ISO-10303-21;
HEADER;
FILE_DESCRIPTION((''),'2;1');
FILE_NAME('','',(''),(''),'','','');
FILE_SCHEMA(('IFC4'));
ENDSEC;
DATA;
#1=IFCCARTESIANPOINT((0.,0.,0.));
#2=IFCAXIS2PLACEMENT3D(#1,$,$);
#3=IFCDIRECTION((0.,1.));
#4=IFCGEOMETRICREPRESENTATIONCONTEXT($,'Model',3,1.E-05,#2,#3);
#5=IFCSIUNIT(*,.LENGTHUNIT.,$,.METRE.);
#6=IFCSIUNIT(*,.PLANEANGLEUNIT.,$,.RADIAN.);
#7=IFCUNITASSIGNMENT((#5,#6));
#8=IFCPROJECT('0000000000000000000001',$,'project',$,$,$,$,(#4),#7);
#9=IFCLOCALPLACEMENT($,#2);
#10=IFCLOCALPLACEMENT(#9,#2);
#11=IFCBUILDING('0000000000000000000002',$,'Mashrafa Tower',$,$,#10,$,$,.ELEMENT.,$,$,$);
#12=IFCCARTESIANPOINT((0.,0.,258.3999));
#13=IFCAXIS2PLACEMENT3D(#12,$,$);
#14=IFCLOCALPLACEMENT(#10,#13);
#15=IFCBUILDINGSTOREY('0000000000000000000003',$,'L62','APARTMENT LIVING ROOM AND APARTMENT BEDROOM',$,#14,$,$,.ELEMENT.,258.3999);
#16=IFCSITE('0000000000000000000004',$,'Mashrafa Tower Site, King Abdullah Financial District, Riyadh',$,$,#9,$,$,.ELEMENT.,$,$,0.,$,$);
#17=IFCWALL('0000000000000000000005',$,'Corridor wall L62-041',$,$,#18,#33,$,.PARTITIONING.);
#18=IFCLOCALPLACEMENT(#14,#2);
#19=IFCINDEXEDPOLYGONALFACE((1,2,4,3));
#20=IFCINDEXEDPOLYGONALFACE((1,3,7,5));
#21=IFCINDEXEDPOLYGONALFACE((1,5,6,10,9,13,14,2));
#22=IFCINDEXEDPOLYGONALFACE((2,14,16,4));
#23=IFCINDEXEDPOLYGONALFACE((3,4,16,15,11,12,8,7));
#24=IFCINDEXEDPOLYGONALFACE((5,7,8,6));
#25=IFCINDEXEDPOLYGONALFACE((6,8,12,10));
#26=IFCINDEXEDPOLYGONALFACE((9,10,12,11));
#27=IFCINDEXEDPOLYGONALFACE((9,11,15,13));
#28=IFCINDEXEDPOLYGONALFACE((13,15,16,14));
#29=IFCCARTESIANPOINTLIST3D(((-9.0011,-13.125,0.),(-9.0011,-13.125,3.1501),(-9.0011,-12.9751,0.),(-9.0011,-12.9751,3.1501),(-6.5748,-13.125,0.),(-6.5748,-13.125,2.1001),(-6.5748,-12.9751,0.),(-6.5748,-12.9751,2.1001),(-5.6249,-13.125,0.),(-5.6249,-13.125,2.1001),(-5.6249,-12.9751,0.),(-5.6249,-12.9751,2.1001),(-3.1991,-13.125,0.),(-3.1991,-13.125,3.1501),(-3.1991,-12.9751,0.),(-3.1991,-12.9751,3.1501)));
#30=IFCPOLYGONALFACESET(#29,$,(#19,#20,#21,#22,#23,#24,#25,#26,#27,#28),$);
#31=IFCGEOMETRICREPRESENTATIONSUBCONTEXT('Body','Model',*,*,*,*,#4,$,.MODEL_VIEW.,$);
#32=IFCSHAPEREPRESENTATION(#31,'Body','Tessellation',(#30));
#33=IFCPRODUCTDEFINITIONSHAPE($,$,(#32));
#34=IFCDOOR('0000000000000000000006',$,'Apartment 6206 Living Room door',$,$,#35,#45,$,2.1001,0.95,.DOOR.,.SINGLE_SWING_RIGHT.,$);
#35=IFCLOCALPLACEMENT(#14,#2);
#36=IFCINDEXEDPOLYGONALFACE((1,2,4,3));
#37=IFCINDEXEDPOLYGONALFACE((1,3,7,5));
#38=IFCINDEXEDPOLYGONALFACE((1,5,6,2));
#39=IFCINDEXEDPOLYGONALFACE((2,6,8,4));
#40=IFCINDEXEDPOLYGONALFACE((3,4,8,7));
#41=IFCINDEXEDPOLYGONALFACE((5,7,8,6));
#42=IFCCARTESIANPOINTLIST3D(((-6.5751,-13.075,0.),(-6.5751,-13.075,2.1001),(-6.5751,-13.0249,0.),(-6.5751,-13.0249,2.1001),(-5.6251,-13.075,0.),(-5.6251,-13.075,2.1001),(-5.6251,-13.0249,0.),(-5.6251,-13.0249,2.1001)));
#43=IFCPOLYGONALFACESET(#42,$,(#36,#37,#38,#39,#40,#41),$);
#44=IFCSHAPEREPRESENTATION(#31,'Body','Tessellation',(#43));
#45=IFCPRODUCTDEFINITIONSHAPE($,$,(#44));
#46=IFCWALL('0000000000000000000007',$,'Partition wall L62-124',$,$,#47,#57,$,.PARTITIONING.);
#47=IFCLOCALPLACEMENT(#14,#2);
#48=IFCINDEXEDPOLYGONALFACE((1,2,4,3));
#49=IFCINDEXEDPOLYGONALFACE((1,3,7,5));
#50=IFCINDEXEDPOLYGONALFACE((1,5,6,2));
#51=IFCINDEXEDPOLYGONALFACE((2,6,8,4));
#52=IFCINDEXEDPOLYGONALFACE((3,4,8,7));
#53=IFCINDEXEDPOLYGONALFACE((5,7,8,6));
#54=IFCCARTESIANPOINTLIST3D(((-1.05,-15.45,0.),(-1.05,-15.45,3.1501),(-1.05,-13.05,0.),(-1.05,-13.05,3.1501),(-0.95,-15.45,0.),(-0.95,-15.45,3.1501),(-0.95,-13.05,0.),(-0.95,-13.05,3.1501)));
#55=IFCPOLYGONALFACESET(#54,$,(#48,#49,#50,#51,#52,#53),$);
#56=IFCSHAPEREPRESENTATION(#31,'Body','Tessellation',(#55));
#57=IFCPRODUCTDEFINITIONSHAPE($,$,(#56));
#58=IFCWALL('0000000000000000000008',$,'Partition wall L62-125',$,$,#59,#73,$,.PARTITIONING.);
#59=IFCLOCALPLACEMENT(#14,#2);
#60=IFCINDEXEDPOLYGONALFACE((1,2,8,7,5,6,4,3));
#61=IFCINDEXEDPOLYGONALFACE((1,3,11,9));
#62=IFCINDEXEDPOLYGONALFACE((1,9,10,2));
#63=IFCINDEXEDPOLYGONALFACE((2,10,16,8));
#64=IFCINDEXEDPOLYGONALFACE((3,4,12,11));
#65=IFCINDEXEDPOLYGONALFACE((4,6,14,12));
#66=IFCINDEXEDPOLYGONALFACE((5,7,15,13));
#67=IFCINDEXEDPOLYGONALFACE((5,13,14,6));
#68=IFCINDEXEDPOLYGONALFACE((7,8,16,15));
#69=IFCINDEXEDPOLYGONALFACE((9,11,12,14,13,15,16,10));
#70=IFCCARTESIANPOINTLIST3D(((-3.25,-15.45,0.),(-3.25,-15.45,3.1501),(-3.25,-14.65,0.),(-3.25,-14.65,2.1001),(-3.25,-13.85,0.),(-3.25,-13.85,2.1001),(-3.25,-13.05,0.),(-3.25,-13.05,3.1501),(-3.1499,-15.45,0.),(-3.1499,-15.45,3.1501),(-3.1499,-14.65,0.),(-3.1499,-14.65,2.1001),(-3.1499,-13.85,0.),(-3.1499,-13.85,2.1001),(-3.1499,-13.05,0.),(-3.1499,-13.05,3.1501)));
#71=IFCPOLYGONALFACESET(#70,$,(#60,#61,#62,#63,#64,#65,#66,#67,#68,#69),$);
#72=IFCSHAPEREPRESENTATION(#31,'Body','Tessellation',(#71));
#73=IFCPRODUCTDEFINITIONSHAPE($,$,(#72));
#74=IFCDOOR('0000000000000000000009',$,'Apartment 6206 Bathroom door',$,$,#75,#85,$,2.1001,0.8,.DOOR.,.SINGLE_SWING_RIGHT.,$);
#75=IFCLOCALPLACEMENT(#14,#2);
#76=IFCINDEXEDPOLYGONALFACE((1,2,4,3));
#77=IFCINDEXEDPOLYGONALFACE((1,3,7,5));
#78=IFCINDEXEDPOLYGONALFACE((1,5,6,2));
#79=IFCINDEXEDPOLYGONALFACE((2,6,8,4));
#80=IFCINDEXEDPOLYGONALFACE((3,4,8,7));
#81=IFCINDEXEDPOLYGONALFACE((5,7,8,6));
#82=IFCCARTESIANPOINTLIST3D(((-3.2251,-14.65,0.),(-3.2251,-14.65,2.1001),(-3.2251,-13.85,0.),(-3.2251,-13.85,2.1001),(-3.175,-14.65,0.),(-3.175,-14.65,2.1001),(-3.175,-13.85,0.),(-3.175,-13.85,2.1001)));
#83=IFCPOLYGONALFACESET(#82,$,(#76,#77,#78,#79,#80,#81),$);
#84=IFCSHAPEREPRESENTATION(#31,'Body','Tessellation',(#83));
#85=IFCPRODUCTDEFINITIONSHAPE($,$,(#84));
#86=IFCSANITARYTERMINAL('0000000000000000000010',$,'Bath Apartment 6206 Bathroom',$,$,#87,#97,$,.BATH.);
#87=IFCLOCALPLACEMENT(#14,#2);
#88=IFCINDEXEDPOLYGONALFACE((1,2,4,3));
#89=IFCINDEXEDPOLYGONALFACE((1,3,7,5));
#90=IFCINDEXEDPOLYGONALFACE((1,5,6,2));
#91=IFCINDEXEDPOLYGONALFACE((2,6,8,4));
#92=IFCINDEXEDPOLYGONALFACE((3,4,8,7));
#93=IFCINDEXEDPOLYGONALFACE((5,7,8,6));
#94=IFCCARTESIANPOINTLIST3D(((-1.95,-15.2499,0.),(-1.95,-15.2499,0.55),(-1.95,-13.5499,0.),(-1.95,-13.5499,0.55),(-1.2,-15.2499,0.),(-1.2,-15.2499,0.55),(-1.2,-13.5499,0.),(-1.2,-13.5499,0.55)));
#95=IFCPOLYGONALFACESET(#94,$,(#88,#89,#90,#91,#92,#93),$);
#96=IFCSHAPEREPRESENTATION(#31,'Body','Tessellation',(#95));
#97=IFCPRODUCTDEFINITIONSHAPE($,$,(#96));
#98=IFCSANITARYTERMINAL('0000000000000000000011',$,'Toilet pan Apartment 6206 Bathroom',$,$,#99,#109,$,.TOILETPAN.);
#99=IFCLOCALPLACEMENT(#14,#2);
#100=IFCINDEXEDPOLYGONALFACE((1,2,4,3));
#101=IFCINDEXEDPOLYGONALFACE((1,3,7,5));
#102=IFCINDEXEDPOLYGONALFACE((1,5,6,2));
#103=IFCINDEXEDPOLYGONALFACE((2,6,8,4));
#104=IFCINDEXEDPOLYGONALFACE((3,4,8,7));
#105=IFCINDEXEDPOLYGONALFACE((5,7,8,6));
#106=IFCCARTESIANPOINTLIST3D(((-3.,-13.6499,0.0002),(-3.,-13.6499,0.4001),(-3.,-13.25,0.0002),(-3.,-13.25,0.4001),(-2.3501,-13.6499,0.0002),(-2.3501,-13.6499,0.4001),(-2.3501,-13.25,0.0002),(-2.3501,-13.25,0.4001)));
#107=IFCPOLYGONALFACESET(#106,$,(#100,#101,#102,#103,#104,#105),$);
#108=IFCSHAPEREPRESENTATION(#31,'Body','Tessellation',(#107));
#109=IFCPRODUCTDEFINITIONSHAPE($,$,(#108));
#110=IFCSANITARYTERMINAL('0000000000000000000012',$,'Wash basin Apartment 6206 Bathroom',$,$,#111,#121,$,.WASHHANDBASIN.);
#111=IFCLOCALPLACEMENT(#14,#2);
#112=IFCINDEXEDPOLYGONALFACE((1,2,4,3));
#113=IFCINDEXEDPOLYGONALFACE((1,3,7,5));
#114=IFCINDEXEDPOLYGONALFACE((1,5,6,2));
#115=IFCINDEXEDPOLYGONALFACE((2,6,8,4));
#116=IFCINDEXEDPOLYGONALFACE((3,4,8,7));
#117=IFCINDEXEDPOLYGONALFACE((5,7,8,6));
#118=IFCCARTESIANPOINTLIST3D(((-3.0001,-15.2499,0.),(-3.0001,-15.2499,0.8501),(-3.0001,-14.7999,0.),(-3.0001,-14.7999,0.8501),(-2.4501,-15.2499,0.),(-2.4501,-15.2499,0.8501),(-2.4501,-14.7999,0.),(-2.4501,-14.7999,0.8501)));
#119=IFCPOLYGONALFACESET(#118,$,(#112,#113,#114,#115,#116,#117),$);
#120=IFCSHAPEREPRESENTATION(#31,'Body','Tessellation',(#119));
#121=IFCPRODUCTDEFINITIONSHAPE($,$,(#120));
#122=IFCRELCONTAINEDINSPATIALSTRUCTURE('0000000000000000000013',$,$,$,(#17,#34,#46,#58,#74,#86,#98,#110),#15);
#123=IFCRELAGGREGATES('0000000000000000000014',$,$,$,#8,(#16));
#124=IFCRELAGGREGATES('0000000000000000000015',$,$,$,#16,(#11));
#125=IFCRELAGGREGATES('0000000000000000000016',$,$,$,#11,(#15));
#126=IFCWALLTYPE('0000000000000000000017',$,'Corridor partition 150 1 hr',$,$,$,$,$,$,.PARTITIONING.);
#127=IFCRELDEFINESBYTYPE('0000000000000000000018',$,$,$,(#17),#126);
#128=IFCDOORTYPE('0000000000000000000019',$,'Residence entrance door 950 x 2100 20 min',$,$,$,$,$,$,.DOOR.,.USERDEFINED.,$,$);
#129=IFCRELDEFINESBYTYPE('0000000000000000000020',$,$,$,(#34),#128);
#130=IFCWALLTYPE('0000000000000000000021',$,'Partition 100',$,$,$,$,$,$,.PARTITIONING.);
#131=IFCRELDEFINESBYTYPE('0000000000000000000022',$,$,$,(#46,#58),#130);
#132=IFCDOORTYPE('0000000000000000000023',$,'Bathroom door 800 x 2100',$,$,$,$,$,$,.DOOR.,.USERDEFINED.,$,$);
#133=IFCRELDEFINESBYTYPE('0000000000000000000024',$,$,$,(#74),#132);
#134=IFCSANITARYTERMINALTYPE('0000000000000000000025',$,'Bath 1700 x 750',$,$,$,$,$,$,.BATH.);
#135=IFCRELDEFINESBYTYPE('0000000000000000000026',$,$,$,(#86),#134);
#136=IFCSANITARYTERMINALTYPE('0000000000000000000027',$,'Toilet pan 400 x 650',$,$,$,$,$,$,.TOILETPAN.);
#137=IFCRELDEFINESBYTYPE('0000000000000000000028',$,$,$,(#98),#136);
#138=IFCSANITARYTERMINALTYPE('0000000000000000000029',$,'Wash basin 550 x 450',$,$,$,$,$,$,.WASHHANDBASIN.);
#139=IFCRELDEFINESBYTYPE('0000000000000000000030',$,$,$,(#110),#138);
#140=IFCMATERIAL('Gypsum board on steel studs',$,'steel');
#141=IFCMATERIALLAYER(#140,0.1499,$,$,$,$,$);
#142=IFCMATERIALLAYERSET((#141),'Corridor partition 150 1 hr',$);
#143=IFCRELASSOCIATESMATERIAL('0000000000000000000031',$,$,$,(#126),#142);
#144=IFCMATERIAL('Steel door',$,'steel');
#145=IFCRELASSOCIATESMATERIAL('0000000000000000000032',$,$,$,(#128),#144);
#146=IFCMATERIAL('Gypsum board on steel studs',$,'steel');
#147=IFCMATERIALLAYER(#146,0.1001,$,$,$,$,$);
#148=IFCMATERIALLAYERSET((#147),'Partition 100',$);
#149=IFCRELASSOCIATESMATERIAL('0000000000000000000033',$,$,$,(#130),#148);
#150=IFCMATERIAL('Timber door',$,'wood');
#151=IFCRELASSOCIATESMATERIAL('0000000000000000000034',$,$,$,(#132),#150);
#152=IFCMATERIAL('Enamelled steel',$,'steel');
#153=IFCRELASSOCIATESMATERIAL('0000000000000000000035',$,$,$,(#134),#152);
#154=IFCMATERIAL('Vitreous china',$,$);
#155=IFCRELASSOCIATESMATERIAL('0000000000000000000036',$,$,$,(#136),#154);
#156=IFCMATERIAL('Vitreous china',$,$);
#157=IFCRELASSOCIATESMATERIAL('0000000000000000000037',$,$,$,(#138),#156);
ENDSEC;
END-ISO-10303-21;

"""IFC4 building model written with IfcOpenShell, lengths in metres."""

from ifc_helpers import new_model, si_unit, direction, frame, frame_2d, origin, origin_2d, place, context, subcontext, project, spatial, rectangle, extrude, material, layer, layer_set, type_object, element, fill, save


model = new_model("IFC4")

# Units and contexts
model_context = context("Model", 3, precision=1e-05, world=origin(), true_north=direction((0.0, 1.0)))
body_context = subcontext(model_context, "Body", "Model", "MODEL_VIEW")
ifc_project = project(units=[si_unit("LENGTHUNIT", "METRE"), si_unit("PLANEANGLEUNIT", "RADIAN")], contexts=[model_context])

# Site, building, storey
site_placement = place(None, origin())
site = spatial("IfcSite", under=ifc_project, at=site_placement, Name="Mashrafa Tower Site, King Abdullah Financial District, Riyadh", CompositionType="ELEMENT", RefElevation=0.0)
building_placement = place(site_placement, origin())
building = spatial("IfcBuilding", under=site, at=building_placement, Name="Mashrafa Tower", CompositionType="ELEMENT")
storey_placement = place(building_placement, frame((0.0, 0.0, 258.3999)))
storey = spatial("IfcBuildingStorey", under=building, at=storey_placement, Name="L62", Description="APARTMENT LIVING ROOM AND APARTMENT BEDROOM", CompositionType="ELEMENT", Elevation=258.3999)

# Shared definitions
ifc_material_1 = material(Name="Gypsum board on steel studs", Category="steel")
ifc_layer_1 = layer(ifc_material_1, 0.1499)
ifc_layer_set_1 = layer_set([ifc_layer_1], Name="Corridor partition 150 1 hr")
wall_type_1 = type_object("IfcWallType", Name="Corridor partition 150 1 hr", PredefinedType="PARTITIONING", material=ifc_layer_set_1)

# Wall, opening, door
wall_1_placement = place(storey_placement, frame((-9.001, -13.05, 0.0), z_axis=(0.0, 0.0, 1.0), x_axis=(1.0, 0.0, 0.0)))
wall_1 = element("IfcWall", 1, at=wall_1_placement, inside=storey, type_object=wall_type_1, Name="Corridor wall L62-041", PredefinedType="PARTITIONING", context=body_context, shape_type="SweptSolid", body=[
    extrude(rectangle(XDim=5.802, YDim=0.1499, at=frame_2d((2.9009, 0.0))), origin(), (0.0, 0.0, 1.0), 3.1501),
])
opening_1_placement = place(wall_1_placement, frame((2.426, 0.0, 0.0)))
opening_1 = element("IfcOpeningElement", 2, at=opening_1_placement, cuts=wall_1, PredefinedType="OPENING", context=body_context, shape_type="SweptSolid", body=[
    extrude(rectangle(XDim=0.95, YDim=2.1001, at=frame_2d((0.4751, 1.05))), frame((0.0, 0.085, 0.0), z_axis=(0.0, -1.0, 0.0), x_axis=(1.0, 0.0, 0.0)), (0.0, 0.0, 1.0), 0.1699),
])
ifc_material_2 = material(Name="Steel door", Category="steel")
door_type_1 = type_object("IfcDoorType", Name="Residence entrance door 950 x 2100 20 min", OperationType="USERDEFINED", PredefinedType="DOOR", material=ifc_material_2)
door_1_placement = place(opening_1_placement, frame((0.95, 0.0, 0.0), z_axis=(0.0, 0.0, 1.0), x_axis=(-1.0, 0.0, 0.0)))
door_1 = element("IfcDoor", 3, at=door_1_placement, inside=storey, type_object=door_type_1, Name="Apartment 6206 Living Room door", OperationType="SINGLE_SWING_RIGHT", OverallHeight=2.1001, OverallWidth=0.95, PredefinedType="DOOR", context=body_context, shape_type="SweptSolid", body=[
    extrude(rectangle(XDim=0.95, YDim=2.1001, at=frame_2d((0.4751, 1.05))), frame((0.0, 0.0249, 0.0), z_axis=(0.0, -1.0, 0.0), x_axis=(1.0, 0.0, 0.0)), (0.0, 0.0, 1.0), 0.05),
])
fill(opening_1, door_1)

# Wall
ifc_material_3 = material(Name="Gypsum board on steel studs", Category="steel")
ifc_layer_2 = layer(ifc_material_3, 0.1001)
ifc_layer_set_2 = layer_set([ifc_layer_2], Name="Partition 100")
wall_type_2 = type_object("IfcWallType", Name="Partition 100", PredefinedType="PARTITIONING", material=ifc_layer_set_2)
wall_2_placement = place(storey_placement, frame((-1.0, -15.45, 0.0), z_axis=(0.0, 0.0, 1.0), x_axis=(0.0, 1.0, 0.0)))
element("IfcWall", 4, at=wall_2_placement, inside=storey, type_object=wall_type_2, Name="Partition wall L62-124", PredefinedType="PARTITIONING", context=body_context, shape_type="SweptSolid", body=[
    extrude(rectangle(XDim=2.3999, YDim=0.1001, at=frame_2d((1.2, 0.0))), origin(), (0.0, 0.0, 1.0), 3.1501),
])

# Wall, opening, door
wall_3_placement = place(storey_placement, frame((-3.2, -13.05, 0.0), z_axis=(0.0, 0.0, 1.0), x_axis=(0.0, -1.0, 0.0)))
wall_3 = element("IfcWall", 5, at=wall_3_placement, inside=storey, type_object=wall_type_2, Name="Partition wall L62-125", PredefinedType="PARTITIONING", context=body_context, shape_type="SweptSolid", body=[
    extrude(rectangle(XDim=2.3999, YDim=0.1001, at=frame_2d((1.2, 0.0))), origin(), (0.0, 0.0, 1.0), 3.1501),
])
opening_2_placement = place(wall_3_placement, frame((0.8, 0.0, 0.0)))
opening_2 = element("IfcOpeningElement", 6, at=opening_2_placement, cuts=wall_3, PredefinedType="OPENING", context=body_context, shape_type="SweptSolid", body=[
    extrude(rectangle(XDim=0.8, YDim=2.1001, at=frame_2d((0.3999, 1.05))), frame((0.0, 0.0601, 0.0), z_axis=(0.0, -1.0, 0.0), x_axis=(1.0, 0.0, 0.0)), (0.0, 0.0, 1.0), 0.1201),
])
ifc_material_4 = material(Name="Timber door", Category="wood")
door_type_2 = type_object("IfcDoorType", Name="Bathroom door 800 x 2100", OperationType="USERDEFINED", PredefinedType="DOOR", material=ifc_material_4)
door_2_placement = place(opening_2_placement, origin())
door_2 = element("IfcDoor", 7, at=door_2_placement, inside=storey, type_object=door_type_2, Name="Apartment 6206 Bathroom door", OperationType="SINGLE_SWING_RIGHT", OverallHeight=2.1001, OverallWidth=0.8, PredefinedType="DOOR", context=body_context, shape_type="SweptSolid", body=[
    extrude(rectangle(XDim=0.8, YDim=2.1001, at=frame_2d((0.3999, 1.05))), frame((0.0, 0.0249, 0.0), z_axis=(0.0, -1.0, 0.0), x_axis=(1.0, 0.0, 0.0)), (0.0, 0.0, 1.0), 0.05),
])
fill(opening_2, door_2)

# Sanitary terminals
ifc_material_5 = material(Name="Enamelled steel", Category="steel")
sanitary_terminal_type_1 = type_object("IfcSanitaryTerminalType", Name="Bath 1700 x 750", PredefinedType="BATH", material=ifc_material_5)
sanitary_terminal_1_placement = place(storey_placement, frame((-1.575, -14.3999, 0.0), z_axis=(0.0, 0.0, 1.0), x_axis=(0.0, 1.0, 0.0)))
element("IfcSanitaryTerminal", 8, at=sanitary_terminal_1_placement, inside=storey, type_object=sanitary_terminal_type_1, Name="Bath Apartment 6206 Bathroom", PredefinedType="BATH", context=body_context, shape_type="SweptSolid", body=[
    extrude(rectangle(XDim=1.7, YDim=0.75, at=origin_2d()), origin(), (0.0, 0.0, 1.0), 0.55),
])
ifc_material_6 = material(Name="Vitreous china")
sanitary_terminal_type_2 = type_object("IfcSanitaryTerminalType", Name="Toilet pan 400 x 650", PredefinedType="TOILETPAN", material=ifc_material_6)
sanitary_terminal_2_placement = place(storey_placement, frame((-2.675, -13.45, 0.0002), z_axis=(0.0, 0.0, 1.0), x_axis=(0.0, -1.0, 0.0)))
element("IfcSanitaryTerminal", 9, at=sanitary_terminal_2_placement, inside=storey, type_object=sanitary_terminal_type_2, Name="Toilet pan Apartment 6206 Bathroom", PredefinedType="TOILETPAN", context=body_context, shape_type="SweptSolid", body=[
    extrude(rectangle(XDim=0.3999, YDim=0.6499, at=origin_2d()), origin(), (0.0, 0.0, 1.0), 0.3999),
])
ifc_material_7 = material(Name="Vitreous china")
sanitary_terminal_type_3 = type_object("IfcSanitaryTerminalType", Name="Wash basin 550 x 450", PredefinedType="WASHHANDBASIN", material=ifc_material_7)
sanitary_terminal_3_placement = place(storey_placement, frame((-2.7251, -15.0249, 0.0), z_axis=(0.0, 0.0, 1.0), x_axis=(1.0, 0.0, 0.0)))
element("IfcSanitaryTerminal", 10, at=sanitary_terminal_3_placement, inside=storey, type_object=sanitary_terminal_type_3, Name="Wash basin Apartment 6206 Bathroom", PredefinedType="WASHHANDBASIN", context=body_context, shape_type="SweptSolid", body=[
    extrude(rectangle(XDim=0.55, YDim=0.45, at=origin_2d()), origin(), (0.0, 0.0, 1.0), 0.8501),
])

save(model, "model.ifc")
